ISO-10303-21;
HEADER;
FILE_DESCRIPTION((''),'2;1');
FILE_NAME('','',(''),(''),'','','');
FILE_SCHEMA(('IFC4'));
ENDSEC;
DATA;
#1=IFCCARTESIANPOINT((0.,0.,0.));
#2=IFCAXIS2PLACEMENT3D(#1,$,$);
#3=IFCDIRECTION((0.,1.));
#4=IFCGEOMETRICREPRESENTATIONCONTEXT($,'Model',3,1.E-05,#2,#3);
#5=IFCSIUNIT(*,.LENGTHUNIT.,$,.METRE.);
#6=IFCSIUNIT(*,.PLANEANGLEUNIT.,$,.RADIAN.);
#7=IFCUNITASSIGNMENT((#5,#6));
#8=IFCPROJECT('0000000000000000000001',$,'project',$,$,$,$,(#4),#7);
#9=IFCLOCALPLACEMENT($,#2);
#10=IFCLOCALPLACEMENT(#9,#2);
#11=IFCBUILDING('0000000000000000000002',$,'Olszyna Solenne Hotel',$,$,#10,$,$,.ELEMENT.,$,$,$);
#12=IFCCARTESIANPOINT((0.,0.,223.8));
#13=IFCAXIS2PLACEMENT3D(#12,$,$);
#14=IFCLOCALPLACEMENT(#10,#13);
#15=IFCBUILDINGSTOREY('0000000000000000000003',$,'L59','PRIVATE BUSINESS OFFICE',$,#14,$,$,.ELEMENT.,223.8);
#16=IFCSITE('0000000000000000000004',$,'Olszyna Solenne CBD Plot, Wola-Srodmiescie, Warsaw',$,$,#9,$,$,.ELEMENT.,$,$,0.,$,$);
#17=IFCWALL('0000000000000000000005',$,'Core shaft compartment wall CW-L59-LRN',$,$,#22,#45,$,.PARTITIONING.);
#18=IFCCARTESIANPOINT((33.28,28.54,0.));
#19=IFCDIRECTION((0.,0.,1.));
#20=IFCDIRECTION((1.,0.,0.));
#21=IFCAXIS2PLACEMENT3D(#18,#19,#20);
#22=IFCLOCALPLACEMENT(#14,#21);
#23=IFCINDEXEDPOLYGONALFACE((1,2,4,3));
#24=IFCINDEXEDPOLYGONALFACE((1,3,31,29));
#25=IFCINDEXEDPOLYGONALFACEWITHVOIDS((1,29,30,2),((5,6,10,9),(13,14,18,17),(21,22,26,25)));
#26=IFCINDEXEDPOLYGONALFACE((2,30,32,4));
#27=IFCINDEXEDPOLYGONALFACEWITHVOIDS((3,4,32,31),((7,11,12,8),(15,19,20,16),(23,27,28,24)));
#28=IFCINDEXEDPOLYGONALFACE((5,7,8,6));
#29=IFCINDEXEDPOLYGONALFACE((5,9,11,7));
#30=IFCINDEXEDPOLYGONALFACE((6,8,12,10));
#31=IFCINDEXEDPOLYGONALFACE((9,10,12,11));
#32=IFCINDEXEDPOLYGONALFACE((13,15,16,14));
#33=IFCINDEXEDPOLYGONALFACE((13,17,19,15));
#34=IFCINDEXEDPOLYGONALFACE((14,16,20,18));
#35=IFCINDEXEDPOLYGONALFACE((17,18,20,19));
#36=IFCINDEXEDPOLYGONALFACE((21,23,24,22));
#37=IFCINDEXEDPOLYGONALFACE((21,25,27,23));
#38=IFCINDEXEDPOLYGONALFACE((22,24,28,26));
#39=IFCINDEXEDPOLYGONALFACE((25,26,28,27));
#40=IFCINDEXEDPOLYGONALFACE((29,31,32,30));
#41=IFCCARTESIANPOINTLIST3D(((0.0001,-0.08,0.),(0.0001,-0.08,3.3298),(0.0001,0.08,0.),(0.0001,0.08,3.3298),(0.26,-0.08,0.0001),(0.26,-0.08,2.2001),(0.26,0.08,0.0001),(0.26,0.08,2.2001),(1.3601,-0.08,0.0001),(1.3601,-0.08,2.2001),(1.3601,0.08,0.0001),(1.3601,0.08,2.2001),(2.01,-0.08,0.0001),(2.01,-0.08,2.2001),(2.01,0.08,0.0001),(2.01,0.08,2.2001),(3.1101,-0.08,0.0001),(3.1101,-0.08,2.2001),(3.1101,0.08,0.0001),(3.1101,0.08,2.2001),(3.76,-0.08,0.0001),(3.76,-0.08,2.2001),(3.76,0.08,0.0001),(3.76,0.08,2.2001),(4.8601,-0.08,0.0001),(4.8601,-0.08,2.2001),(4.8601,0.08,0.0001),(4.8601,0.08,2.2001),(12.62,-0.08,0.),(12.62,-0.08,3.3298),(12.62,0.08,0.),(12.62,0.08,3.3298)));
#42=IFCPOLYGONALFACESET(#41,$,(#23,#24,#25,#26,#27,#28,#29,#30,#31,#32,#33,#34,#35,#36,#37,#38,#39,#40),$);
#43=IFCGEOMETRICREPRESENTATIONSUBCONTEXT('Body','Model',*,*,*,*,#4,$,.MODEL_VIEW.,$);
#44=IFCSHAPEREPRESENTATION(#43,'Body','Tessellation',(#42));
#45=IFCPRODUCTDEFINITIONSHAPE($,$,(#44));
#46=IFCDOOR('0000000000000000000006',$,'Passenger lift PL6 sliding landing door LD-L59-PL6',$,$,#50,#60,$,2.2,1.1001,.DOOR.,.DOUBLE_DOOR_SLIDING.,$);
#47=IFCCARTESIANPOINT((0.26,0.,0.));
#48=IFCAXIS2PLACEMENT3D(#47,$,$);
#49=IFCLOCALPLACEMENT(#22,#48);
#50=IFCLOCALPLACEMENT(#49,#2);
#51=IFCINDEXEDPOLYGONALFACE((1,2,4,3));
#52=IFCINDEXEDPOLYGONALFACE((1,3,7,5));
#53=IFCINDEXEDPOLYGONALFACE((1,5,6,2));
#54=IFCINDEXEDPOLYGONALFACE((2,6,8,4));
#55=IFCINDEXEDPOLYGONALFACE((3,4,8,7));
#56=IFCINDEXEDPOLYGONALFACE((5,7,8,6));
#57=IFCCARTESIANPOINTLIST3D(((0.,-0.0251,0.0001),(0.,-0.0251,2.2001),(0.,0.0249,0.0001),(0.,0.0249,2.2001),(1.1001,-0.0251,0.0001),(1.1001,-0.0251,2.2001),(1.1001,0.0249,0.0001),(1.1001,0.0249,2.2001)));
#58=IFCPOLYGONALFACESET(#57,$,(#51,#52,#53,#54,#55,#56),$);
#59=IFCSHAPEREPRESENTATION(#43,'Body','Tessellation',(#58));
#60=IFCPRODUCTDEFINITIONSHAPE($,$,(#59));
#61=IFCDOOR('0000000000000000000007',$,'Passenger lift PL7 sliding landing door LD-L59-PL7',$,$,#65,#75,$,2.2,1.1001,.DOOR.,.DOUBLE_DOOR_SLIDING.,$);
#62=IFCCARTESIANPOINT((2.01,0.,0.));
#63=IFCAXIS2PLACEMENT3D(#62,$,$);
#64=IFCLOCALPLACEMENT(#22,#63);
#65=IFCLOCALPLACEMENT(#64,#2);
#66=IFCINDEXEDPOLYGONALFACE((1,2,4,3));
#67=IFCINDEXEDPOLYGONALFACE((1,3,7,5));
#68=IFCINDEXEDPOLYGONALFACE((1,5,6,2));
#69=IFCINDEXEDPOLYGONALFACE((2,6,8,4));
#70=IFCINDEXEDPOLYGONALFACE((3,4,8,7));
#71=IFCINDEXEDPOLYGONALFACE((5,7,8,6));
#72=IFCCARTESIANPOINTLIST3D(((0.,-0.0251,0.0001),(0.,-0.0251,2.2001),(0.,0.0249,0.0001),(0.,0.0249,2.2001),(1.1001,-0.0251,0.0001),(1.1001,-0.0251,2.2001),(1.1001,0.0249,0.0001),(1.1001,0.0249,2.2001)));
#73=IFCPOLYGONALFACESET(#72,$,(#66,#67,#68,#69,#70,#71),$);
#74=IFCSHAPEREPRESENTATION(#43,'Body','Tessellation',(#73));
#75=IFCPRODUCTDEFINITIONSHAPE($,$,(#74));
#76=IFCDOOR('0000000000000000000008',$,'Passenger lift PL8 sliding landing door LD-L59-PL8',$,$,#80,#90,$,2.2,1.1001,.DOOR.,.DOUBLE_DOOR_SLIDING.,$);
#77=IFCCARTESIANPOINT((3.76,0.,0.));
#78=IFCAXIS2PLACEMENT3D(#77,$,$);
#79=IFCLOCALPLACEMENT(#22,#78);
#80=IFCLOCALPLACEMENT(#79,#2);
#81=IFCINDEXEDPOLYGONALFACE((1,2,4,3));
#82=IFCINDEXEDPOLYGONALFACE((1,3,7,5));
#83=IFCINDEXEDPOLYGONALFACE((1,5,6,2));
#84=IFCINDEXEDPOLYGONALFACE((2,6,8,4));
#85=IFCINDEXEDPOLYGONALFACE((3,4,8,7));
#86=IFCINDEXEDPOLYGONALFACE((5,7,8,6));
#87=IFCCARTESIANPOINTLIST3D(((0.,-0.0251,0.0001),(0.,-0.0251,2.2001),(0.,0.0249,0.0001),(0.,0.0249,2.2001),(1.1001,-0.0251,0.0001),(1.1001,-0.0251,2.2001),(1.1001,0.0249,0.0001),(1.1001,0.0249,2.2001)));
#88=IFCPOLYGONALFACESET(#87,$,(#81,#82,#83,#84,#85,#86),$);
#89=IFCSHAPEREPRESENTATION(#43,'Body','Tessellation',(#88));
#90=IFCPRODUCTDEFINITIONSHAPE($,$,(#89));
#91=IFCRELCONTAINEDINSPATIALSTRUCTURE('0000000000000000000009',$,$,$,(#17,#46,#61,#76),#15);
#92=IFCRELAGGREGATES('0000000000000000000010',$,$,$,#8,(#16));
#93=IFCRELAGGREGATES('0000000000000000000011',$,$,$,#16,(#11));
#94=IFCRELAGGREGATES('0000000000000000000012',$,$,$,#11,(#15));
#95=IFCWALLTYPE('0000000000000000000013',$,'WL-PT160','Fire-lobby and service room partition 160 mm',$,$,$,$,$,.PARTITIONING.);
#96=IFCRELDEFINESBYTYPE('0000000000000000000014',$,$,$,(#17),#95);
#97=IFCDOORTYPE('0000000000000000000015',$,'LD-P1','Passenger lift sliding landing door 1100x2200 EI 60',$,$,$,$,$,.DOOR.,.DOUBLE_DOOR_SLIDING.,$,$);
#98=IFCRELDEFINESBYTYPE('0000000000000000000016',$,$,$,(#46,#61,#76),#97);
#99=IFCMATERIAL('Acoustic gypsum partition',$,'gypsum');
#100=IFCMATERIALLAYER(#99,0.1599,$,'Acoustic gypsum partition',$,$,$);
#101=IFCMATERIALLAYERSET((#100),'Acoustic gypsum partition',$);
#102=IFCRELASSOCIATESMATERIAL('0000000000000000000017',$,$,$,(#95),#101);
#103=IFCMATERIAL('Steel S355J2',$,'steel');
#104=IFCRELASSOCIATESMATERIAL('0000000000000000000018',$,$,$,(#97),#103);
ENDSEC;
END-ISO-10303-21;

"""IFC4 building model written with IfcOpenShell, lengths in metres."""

from ifc_helpers import new_model, si_unit, direction, frame, frame_2d, origin, place, context, subcontext, project, spatial, rectangle, extrude, source, transform, mapped, material, layer, layer_set, type_object, type_shapes, element, fill, save


model = new_model("IFC4")

# Units and contexts
model_context = context("Model", 3, precision=1e-05, world=origin(), true_north=direction((0.0, 1.0)))
body_context = subcontext(model_context, "Body", "Model", "MODEL_VIEW")
ifc_project = project(units=[si_unit("LENGTHUNIT", "METRE"), si_unit("PLANEANGLEUNIT", "RADIAN")], contexts=[model_context])

# Site, building, storey
site_placement = place(None, origin())
site = spatial("IfcSite", under=ifc_project, at=site_placement, Name="Olszyna Solenne CBD Plot, Wola-Srodmiescie, Warsaw", CompositionType="ELEMENT", RefElevation=0.0)
building_placement = place(site_placement, origin())
building = spatial("IfcBuilding", under=site, at=building_placement, Name="Olszyna Solenne Hotel", CompositionType="ELEMENT")
storey_placement = place(building_placement, frame((0.0, 0.0, 223.8)))
storey = spatial("IfcBuildingStorey", under=building, at=storey_placement, Name="L59", Description="PRIVATE BUSINESS OFFICE", CompositionType="ELEMENT", Elevation=223.8)

# Shared definitions
ifc_material_1 = material(Name="Steel S355J2", Category="steel")

# Shared definitions
ifc_material_2 = material(Name="Acoustic gypsum partition", Category="gypsum")
ifc_layer_1 = layer(ifc_material_2, 0.1599, Name="Acoustic gypsum partition")
ifc_layer_set_1 = layer_set([ifc_layer_1], Name="Acoustic gypsum partition")
wall_type_1 = type_object("IfcWallType", Name="WL-PT160", Description="Fire-lobby and service room partition 160 mm", PredefinedType="PARTITIONING", material=ifc_layer_set_1)

# Wall, openings, doors
door_type_1 = type_object("IfcDoorType", Name="LD-P1", Description="Passenger lift sliding landing door 1100x2200 EI 60", OperationType="DOUBLE_DOOR_SLIDING", PredefinedType="DOOR", material=ifc_material_1)
shared_shape_1 = source(origin(), body_context, "Body", "SweptSolid", [
    extrude(rectangle(XDim=1.1001, YDim=2.2, at=frame_2d((0.55, 1.1001))), frame((0.0, 0.0249, 0.0), z_axis=(0.0, -1.0, 0.0), x_axis=(1.0, 0.0, 0.0)), (0.0, 0.0, 1.0), 0.05),
])
type_shapes(door_type_1, [shared_shape_1])
wall_1_placement = place(storey_placement, frame((33.28, 28.54, 0.0), z_axis=(0.0, 0.0, 1.0), x_axis=(1.0, 0.0, 0.0)))
wall_1 = element("IfcWall", 1, at=wall_1_placement, inside=storey, type_object=wall_type_1, Name="Core shaft compartment wall CW-L59-LRN", PredefinedType="PARTITIONING", context=body_context, shape_type="SweptSolid", body=[
    extrude(rectangle(XDim=12.6199, YDim=0.1599, at=frame_2d((6.3101, 0.0))), origin(), (0.0, 0.0, 1.0), 3.3298),
])
opening_1_placement = place(wall_1_placement, frame((0.26, 0.0, 0.0)))
opening_1 = element("IfcOpeningElement", 2, at=opening_1_placement, cuts=wall_1, PredefinedType="OPENING", context=body_context, shape_type="SweptSolid", body=[
    extrude(rectangle(XDim=1.1001, YDim=2.2, at=frame_2d((0.55, 1.1001))), frame((0.0, 0.0898, 0.0), z_axis=(0.0, -1.0, 0.0), x_axis=(1.0, 0.0, 0.0)), (0.0, 0.0, 1.0), 0.1799),
])
opening_2_placement = place(wall_1_placement, frame((2.01, 0.0, 0.0)))
opening_2 = element("IfcOpeningElement", 3, at=opening_2_placement, cuts=wall_1, PredefinedType="OPENING", context=body_context, shape_type="SweptSolid", body=[
    extrude(rectangle(XDim=1.1001, YDim=2.2, at=frame_2d((0.55, 1.1001))), frame((0.0, 0.0898, 0.0), z_axis=(0.0, -1.0, 0.0), x_axis=(1.0, 0.0, 0.0)), (0.0, 0.0, 1.0), 0.1799),
])
opening_3_placement = place(wall_1_placement, frame((3.76, 0.0, 0.0)))
opening_3 = element("IfcOpeningElement", 4, at=opening_3_placement, cuts=wall_1, PredefinedType="OPENING", context=body_context, shape_type="SweptSolid", body=[
    extrude(rectangle(XDim=1.1001, YDim=2.2, at=frame_2d((0.55, 1.1001))), frame((0.0, 0.0898, 0.0), z_axis=(0.0, -1.0, 0.0), x_axis=(1.0, 0.0, 0.0)), (0.0, 0.0, 1.0), 0.1799),
])
door_1_placement = place(opening_1_placement, origin())
door_1 = element("IfcDoor", 5, at=door_1_placement, inside=storey, type_object=door_type_1, Name="Passenger lift PL6 sliding landing door LD-L59-PL6", OperationType="DOUBLE_DOOR_SLIDING", OverallHeight=2.2, OverallWidth=1.1001, PredefinedType="DOOR", context=body_context, shape_type="MappedRepresentation", body=[
    mapped(shared_shape_1, transform((0.0, 0.0, 0.0), x_axis=(1.0, 0.0, 0.0), y_axis=(0.0, 1.0, 0.0), z_axis=(0.0, 0.0, 1.0), scale=1.0)),
])
fill(opening_1, door_1)
door_2_placement = place(opening_2_placement, origin())
door_2 = element("IfcDoor", 6, at=door_2_placement, inside=storey, type_object=door_type_1, Name="Passenger lift PL7 sliding landing door LD-L59-PL7", OperationType="DOUBLE_DOOR_SLIDING", OverallHeight=2.2, OverallWidth=1.1001, PredefinedType="DOOR", context=body_context, shape_type="MappedRepresentation", body=[
    mapped(shared_shape_1, transform((0.0, 0.0, 0.0), x_axis=(1.0, 0.0, 0.0), y_axis=(0.0, 1.0, 0.0), z_axis=(0.0, 0.0, 1.0), scale=1.0)),
])
fill(opening_2, door_2)
door_3_placement = place(opening_3_placement, origin())
door_3 = element("IfcDoor", 7, at=door_3_placement, inside=storey, type_object=door_type_1, Name="Passenger lift PL8 sliding landing door LD-L59-PL8", OperationType="DOUBLE_DOOR_SLIDING", OverallHeight=2.2, OverallWidth=1.1001, PredefinedType="DOOR", context=body_context, shape_type="MappedRepresentation", body=[
    mapped(shared_shape_1, transform((0.0, 0.0, 0.0), x_axis=(1.0, 0.0, 0.0), y_axis=(0.0, 1.0, 0.0), z_axis=(0.0, 0.0, 1.0), scale=1.0)),
])
fill(opening_3, door_3)

save(model, "model.ifc")
